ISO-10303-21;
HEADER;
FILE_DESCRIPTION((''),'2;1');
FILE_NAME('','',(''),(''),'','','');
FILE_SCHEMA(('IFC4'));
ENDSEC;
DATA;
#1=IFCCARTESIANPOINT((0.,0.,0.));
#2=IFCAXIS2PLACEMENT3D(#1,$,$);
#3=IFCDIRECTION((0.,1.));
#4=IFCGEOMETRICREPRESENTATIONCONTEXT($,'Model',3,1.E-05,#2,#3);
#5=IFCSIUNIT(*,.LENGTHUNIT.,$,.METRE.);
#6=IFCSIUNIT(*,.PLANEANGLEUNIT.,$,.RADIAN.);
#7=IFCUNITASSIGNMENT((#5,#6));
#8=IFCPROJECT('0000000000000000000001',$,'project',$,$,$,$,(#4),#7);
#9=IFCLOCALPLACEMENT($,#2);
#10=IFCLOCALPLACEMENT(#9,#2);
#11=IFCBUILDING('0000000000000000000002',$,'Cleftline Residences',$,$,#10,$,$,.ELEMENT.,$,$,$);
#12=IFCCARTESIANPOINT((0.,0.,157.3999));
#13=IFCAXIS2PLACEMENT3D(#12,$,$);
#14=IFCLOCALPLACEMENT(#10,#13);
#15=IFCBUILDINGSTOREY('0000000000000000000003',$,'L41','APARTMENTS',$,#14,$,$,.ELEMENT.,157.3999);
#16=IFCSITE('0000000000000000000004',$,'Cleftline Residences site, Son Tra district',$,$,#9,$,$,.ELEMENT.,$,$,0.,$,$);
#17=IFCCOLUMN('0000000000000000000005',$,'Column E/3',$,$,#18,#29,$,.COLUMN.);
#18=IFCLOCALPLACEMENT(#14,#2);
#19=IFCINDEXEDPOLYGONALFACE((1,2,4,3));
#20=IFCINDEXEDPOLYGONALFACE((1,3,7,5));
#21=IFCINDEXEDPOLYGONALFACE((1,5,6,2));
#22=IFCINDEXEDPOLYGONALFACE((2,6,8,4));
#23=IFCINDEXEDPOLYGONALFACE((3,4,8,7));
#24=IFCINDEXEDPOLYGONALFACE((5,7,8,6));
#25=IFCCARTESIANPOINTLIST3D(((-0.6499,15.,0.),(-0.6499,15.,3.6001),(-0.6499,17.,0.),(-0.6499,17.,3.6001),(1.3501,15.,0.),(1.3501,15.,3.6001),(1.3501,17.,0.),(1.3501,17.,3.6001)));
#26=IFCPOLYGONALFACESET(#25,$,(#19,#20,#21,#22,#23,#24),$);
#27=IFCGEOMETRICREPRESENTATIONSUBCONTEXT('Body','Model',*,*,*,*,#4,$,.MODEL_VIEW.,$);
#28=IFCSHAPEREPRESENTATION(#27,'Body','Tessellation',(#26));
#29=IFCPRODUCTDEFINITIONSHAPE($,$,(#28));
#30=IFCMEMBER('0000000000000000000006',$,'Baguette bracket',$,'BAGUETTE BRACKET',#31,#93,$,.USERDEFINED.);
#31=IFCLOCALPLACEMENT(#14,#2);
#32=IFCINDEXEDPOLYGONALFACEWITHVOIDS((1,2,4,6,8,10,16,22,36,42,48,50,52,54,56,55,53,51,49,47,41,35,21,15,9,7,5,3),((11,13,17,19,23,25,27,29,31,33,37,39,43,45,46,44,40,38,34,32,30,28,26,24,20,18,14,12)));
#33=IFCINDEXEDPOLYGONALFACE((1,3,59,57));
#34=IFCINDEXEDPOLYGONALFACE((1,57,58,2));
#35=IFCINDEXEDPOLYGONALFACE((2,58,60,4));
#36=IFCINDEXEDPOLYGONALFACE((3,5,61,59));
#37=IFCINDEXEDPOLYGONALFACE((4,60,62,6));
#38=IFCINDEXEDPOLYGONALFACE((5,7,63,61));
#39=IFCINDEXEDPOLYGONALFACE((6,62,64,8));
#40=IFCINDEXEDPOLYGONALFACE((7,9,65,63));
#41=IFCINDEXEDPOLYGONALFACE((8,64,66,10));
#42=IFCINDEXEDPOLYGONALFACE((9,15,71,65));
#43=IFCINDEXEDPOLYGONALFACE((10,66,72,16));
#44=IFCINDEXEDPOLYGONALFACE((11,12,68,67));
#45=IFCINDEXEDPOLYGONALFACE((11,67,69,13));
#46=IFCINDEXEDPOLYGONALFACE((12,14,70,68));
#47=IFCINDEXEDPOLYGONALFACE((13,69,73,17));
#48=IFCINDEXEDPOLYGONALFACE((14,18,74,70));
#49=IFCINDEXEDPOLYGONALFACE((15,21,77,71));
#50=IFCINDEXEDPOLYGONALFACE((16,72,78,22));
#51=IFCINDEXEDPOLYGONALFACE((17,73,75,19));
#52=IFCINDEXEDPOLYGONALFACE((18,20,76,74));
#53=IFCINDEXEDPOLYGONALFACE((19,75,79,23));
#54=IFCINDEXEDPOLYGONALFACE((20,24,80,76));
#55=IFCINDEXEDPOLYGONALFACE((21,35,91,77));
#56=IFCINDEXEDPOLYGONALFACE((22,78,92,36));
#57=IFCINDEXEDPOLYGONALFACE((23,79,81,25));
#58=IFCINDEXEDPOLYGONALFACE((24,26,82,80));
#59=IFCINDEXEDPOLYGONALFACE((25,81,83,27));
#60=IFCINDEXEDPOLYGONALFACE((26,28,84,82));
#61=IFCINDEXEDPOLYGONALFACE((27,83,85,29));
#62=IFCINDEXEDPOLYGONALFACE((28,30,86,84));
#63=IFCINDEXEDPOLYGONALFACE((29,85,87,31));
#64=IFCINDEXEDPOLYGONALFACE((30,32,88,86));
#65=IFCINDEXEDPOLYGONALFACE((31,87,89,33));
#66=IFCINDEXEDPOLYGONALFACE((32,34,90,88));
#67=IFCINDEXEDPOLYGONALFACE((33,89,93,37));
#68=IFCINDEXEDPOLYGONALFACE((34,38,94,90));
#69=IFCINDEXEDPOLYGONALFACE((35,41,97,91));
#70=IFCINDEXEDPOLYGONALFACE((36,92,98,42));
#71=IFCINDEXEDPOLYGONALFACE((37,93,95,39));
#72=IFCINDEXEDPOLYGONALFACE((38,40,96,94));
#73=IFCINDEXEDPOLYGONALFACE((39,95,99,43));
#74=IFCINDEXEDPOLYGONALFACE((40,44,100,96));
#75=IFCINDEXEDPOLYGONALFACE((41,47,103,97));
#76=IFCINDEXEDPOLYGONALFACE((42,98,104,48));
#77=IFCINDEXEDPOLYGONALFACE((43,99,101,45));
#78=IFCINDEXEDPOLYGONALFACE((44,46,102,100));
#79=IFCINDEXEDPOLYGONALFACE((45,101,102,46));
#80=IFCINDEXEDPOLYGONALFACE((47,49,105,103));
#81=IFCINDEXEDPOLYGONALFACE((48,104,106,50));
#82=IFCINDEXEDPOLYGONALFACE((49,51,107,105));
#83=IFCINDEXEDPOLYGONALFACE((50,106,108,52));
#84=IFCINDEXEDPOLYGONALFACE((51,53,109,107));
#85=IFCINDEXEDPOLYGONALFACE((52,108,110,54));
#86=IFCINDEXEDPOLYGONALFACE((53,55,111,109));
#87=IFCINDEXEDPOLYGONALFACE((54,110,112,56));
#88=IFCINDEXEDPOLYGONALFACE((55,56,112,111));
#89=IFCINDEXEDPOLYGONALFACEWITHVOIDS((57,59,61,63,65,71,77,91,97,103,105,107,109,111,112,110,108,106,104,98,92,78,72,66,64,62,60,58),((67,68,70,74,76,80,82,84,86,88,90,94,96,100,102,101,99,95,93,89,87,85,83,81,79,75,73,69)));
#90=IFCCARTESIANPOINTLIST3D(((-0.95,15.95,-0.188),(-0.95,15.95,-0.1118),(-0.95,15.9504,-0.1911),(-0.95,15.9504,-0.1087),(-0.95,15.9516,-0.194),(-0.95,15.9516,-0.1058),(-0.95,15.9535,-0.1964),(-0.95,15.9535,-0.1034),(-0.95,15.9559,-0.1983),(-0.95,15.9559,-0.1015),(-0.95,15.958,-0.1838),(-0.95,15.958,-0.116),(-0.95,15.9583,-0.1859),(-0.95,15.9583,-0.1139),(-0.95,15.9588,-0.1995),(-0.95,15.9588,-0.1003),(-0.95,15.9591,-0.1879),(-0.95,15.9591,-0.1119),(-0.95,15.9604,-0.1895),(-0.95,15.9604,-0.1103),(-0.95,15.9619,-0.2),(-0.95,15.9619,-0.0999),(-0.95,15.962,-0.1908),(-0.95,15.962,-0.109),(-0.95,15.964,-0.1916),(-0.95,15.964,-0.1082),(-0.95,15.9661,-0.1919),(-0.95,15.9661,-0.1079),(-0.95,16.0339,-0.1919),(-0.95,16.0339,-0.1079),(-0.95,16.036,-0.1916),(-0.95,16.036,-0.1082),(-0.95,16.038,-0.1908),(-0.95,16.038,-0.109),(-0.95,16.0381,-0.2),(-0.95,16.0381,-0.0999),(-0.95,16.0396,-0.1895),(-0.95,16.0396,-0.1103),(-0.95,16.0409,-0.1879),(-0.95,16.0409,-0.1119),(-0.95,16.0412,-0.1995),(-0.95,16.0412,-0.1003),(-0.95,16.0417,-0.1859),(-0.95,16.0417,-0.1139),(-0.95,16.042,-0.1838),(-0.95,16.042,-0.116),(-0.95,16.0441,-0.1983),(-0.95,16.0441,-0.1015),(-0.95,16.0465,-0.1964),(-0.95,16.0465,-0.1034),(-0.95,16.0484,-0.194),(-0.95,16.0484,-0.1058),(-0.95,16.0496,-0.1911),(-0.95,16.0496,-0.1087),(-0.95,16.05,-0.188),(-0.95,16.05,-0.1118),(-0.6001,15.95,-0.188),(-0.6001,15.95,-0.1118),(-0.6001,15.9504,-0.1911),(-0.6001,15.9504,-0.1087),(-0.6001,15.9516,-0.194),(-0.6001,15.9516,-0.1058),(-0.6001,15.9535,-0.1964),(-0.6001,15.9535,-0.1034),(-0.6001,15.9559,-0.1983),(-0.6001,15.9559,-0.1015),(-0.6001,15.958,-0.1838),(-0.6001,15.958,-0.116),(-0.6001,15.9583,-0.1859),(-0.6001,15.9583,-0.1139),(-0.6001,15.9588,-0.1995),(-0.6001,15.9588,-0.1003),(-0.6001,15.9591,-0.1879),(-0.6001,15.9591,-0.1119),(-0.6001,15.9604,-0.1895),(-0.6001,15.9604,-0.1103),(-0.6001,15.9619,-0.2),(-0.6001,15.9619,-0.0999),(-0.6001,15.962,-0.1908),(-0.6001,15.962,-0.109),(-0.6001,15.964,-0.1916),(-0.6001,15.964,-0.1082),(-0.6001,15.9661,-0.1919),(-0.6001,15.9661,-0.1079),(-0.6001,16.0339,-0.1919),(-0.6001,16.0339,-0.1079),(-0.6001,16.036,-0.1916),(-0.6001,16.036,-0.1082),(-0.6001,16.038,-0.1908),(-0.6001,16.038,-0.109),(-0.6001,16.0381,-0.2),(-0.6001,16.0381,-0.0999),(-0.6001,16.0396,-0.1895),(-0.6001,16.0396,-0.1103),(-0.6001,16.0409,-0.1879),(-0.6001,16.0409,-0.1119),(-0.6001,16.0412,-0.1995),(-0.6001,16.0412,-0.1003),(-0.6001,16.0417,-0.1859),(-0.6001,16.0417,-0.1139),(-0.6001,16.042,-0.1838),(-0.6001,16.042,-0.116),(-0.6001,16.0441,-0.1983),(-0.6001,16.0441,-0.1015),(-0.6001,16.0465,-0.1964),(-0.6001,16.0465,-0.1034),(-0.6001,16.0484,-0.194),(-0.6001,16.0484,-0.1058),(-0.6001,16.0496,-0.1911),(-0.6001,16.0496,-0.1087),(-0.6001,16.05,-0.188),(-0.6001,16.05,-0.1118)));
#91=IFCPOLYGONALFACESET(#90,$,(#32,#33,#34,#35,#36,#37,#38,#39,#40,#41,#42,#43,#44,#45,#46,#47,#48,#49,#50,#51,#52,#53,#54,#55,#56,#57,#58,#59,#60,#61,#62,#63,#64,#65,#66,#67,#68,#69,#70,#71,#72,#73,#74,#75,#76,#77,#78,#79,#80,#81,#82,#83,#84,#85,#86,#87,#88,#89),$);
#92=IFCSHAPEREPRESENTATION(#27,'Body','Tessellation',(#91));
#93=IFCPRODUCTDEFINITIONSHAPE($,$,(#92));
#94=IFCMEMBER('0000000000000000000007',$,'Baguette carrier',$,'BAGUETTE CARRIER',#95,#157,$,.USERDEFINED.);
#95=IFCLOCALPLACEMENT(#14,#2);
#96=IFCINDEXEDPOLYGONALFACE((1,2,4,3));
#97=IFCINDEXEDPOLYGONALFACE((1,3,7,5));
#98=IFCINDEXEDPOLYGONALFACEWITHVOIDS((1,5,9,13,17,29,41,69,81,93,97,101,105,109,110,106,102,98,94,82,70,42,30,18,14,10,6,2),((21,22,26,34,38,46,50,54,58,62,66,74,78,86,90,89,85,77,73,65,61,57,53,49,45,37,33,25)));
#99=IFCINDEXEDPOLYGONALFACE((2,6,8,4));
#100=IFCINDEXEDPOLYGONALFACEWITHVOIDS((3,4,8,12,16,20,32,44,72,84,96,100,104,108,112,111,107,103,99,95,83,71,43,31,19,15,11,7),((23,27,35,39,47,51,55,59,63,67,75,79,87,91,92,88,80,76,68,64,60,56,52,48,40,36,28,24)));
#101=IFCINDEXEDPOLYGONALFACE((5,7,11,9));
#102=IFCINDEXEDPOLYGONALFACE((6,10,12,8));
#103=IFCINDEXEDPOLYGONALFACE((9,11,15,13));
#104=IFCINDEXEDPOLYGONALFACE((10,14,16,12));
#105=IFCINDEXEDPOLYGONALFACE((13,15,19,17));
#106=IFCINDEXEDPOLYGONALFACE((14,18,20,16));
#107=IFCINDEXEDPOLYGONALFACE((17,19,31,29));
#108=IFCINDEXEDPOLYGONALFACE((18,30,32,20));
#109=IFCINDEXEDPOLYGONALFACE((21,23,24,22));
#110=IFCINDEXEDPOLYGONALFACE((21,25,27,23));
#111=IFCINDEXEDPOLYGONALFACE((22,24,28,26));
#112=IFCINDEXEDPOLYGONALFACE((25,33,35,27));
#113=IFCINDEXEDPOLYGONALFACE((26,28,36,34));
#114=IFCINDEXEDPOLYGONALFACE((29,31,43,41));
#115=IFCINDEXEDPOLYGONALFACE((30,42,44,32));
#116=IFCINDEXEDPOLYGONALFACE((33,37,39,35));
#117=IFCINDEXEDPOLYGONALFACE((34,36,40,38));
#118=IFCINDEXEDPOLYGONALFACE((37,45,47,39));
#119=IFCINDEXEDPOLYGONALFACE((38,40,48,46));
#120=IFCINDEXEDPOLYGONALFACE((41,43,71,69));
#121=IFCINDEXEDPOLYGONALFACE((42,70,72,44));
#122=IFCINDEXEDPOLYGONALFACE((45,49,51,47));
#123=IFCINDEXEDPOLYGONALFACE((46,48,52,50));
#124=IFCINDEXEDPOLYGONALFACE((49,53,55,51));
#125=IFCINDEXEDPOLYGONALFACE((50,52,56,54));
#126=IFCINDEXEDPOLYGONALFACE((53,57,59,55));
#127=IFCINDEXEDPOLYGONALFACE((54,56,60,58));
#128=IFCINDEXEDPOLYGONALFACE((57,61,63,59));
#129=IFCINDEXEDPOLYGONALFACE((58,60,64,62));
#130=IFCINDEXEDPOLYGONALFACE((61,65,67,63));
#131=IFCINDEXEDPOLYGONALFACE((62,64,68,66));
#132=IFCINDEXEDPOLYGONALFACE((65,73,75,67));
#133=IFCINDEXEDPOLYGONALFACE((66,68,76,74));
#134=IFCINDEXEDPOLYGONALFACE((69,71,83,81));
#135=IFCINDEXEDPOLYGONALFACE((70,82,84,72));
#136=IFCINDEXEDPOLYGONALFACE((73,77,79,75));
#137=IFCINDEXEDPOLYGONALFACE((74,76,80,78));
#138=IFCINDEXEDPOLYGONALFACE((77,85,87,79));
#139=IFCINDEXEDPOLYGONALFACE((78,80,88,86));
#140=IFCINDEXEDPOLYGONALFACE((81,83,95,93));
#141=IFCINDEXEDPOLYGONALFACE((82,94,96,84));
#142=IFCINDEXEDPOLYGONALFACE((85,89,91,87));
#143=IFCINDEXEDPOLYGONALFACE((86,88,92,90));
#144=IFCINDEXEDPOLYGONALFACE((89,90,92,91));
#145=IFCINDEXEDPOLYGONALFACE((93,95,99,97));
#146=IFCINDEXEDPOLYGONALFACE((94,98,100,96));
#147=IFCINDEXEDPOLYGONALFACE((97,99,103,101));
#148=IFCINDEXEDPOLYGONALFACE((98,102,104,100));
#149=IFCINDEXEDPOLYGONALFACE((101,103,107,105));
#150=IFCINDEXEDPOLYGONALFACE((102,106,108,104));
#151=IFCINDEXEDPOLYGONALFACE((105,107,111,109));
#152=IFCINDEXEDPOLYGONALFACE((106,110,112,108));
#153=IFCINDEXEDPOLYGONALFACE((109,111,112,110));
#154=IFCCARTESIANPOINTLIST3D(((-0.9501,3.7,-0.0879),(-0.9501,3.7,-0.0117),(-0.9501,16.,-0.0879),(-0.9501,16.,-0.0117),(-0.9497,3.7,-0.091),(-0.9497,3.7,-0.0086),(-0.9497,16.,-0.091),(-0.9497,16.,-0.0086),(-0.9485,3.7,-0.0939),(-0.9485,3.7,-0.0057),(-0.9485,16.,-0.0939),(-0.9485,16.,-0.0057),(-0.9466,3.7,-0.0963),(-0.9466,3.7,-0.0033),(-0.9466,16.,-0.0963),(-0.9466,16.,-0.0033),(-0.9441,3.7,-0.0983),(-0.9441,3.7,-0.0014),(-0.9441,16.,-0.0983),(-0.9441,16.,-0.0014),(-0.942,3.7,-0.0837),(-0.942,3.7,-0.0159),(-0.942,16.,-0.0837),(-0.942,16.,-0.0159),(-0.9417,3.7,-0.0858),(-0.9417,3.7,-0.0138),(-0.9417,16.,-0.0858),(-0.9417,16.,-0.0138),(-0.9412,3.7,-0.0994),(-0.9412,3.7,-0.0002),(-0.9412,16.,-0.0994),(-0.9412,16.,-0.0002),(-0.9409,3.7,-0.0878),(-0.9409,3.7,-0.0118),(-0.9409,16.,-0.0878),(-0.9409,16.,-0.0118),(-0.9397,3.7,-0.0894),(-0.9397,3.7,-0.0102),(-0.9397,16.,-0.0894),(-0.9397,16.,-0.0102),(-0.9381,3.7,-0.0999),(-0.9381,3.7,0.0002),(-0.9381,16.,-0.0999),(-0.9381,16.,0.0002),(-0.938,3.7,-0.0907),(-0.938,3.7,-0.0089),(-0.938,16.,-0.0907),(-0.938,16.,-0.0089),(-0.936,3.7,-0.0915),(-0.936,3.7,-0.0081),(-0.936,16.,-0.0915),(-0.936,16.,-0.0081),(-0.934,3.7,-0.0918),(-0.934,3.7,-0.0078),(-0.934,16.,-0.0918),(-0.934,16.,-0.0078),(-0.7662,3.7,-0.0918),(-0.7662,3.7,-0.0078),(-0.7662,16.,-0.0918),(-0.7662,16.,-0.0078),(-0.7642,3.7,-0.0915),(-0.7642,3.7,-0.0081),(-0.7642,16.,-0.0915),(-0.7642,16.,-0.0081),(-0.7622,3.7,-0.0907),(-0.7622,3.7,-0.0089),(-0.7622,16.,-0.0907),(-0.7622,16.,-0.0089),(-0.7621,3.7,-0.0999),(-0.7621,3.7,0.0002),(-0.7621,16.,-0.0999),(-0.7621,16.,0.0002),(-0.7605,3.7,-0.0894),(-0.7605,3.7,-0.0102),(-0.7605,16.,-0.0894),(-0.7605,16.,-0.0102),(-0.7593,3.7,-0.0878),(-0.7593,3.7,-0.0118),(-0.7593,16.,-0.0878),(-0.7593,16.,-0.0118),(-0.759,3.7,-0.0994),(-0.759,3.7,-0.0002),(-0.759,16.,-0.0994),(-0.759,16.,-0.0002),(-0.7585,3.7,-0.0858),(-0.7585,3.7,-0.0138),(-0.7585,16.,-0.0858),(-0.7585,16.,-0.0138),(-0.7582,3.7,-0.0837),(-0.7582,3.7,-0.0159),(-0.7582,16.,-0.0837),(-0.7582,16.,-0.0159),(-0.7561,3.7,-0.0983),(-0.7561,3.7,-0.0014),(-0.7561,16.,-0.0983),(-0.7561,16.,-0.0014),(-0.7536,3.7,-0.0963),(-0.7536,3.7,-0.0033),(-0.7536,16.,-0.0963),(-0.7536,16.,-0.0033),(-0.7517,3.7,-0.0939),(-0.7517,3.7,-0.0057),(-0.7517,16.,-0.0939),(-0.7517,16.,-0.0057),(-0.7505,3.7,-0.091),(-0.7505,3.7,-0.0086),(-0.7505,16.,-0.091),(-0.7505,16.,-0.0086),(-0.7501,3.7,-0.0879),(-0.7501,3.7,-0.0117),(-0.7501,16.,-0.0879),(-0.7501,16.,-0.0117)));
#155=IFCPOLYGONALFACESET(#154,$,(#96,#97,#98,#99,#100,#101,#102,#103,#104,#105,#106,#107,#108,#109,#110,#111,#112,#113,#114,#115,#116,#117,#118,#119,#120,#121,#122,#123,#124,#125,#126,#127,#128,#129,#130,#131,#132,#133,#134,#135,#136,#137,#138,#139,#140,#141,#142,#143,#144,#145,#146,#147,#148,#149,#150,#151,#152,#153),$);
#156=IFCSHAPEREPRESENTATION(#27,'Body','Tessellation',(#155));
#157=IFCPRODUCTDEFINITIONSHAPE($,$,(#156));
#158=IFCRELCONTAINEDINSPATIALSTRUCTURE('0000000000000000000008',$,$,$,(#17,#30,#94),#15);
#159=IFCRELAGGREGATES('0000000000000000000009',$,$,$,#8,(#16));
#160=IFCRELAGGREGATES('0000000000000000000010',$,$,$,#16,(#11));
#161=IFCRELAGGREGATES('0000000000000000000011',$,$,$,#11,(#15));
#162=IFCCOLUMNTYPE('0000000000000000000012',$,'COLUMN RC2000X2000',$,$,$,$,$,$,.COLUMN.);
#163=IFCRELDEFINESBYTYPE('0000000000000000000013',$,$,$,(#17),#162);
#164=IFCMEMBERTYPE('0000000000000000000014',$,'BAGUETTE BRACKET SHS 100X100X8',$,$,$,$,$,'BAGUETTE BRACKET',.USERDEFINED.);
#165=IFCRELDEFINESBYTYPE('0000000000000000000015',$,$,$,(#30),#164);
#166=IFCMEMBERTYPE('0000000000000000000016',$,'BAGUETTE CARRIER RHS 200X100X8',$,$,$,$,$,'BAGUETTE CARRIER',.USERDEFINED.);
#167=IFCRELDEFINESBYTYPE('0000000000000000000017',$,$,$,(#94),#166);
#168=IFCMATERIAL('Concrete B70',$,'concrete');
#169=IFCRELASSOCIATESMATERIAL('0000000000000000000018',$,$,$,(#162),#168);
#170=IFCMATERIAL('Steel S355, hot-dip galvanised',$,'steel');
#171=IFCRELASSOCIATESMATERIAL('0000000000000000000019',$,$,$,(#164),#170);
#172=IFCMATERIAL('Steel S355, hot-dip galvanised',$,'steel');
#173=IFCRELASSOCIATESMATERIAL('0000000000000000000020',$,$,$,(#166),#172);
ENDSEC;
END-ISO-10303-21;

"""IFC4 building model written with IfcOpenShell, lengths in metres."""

from ifc_helpers import new_model, si_unit, direction, frame, origin, origin_2d, place, context, subcontext, project, spatial, rectangle, hollow_rectangle, extrude, material, material_profile, profile_set, type_object, element, save


model = new_model("IFC4")

# Units and contexts
model_context = context("Model", 3, precision=1e-05, world=origin(), true_north=direction((0.0, 1.0)))
body_context = subcontext(model_context, "Body", "Model", "MODEL_VIEW")
ifc_project = project(units=[si_unit("LENGTHUNIT", "METRE"), si_unit("PLANEANGLEUNIT", "RADIAN")], contexts=[model_context])

# Site, building, storey
site_placement = place(None, origin())
site = spatial("IfcSite", under=ifc_project, at=site_placement, Name="Cleftline Residences site, Son Tra district", CompositionType="ELEMENT", RefElevation=0.0)
building_placement = place(site_placement, origin())
building = spatial("IfcBuilding", under=site, at=building_placement, Name="Cleftline Residences", CompositionType="ELEMENT")
storey_placement = place(building_placement, frame((0.0, 0.0, 157.3999)))
storey = spatial("IfcBuildingStorey", under=building, at=storey_placement, Name="L41", Description="APARTMENTS", CompositionType="ELEMENT", Elevation=157.3999)

# Column
ifc_material_1 = material(Name="Concrete B70", Category="concrete")
ifc_material_profile_1 = material_profile(ifc_material_1, rectangle(XDim=2.0, YDim=2.0, at=origin_2d()))
ifc_profile_set_1 = profile_set([ifc_material_profile_1], Name="Concrete B70")
column_type = type_object("IfcColumnType", Name="COLUMN RC2000X2000", PredefinedType="COLUMN", material=ifc_profile_set_1)
column_placement = place(storey_placement, frame((0.3501, 16.0, 0.0), z_axis=(0.0, 0.0, 1.0), x_axis=(1.0, 0.0, 0.0)))
element("IfcColumn", 1, at=column_placement, inside=storey, type_object=column_type, Name="Column E/3", PredefinedType="COLUMN", context=body_context, shape_type="SweptSolid", body=[
    extrude(rectangle(XDim=2.0, YDim=2.0, at=origin_2d()), origin(), (0.0, 0.0, 1.0), 3.6001),
])

# Members
ifc_material_2 = material(Name="Steel S355, hot-dip galvanised", Category="steel")
ifc_material_profile_2 = material_profile(ifc_material_2, hollow_rectangle(XDim=0.1001, YDim=0.1001, WallThickness=0.0081, InnerFilletRadius=0.0081, OuterFilletRadius=0.012, at=origin_2d()))
ifc_profile_set_2 = profile_set([ifc_material_profile_2], Name="Steel S355, hot-dip galvanised")
member_type_1 = type_object("IfcMemberType", Name="BAGUETTE BRACKET SHS 100X100X8", ElementType="BAGUETTE BRACKET", PredefinedType="USERDEFINED", material=ifc_profile_set_2)
member_1_placement = place(storey_placement, frame((-0.6001, 16.0, -0.1499), z_axis=(-1.0, 0.0, 0.0), x_axis=(0.0, -1.0, 0.0)))
element("IfcMember", 2, at=member_1_placement, inside=storey, type_object=member_type_1, Name="Baguette bracket", ObjectType="BAGUETTE BRACKET", PredefinedType="USERDEFINED", context=body_context, shape_type="SweptSolid", body=[
    extrude(hollow_rectangle(XDim=0.1001, YDim=0.1001, WallThickness=0.0081, InnerFilletRadius=0.0081, OuterFilletRadius=0.012, at=origin_2d()), origin(), (0.0, 0.0, 1.0), 0.3499),
])
ifc_material_3 = material(Name="Steel S355, hot-dip galvanised", Category="steel")
ifc_material_profile_3 = material_profile(ifc_material_3, hollow_rectangle(XDim=0.1001, YDim=0.2, WallThickness=0.0081, InnerFilletRadius=0.0081, OuterFilletRadius=0.012, at=origin_2d()))
ifc_profile_set_3 = profile_set([ifc_material_profile_3], Name="Steel S355, hot-dip galvanised")
member_type_2 = type_object("IfcMemberType", Name="BAGUETTE CARRIER RHS 200X100X8", ElementType="BAGUETTE CARRIER", PredefinedType="USERDEFINED", material=ifc_profile_set_3)
member_2_placement = place(storey_placement, frame((-0.8501, 16.0, -0.0498), z_axis=(0.0, -1.0, 0.0), x_axis=(0.0, 0.0, 1.0)))
element("IfcMember", 3, at=member_2_placement, inside=storey, type_object=member_type_2, Name="Baguette carrier", ObjectType="BAGUETTE CARRIER", PredefinedType="USERDEFINED", context=body_context, shape_type="SweptSolid", body=[
    extrude(hollow_rectangle(XDim=0.1001, YDim=0.2, WallThickness=0.0081, InnerFilletRadius=0.0081, OuterFilletRadius=0.012, at=origin_2d()), origin(), (0.0, 0.0, 1.0), 12.3),
])

save(model, "model.ifc")
